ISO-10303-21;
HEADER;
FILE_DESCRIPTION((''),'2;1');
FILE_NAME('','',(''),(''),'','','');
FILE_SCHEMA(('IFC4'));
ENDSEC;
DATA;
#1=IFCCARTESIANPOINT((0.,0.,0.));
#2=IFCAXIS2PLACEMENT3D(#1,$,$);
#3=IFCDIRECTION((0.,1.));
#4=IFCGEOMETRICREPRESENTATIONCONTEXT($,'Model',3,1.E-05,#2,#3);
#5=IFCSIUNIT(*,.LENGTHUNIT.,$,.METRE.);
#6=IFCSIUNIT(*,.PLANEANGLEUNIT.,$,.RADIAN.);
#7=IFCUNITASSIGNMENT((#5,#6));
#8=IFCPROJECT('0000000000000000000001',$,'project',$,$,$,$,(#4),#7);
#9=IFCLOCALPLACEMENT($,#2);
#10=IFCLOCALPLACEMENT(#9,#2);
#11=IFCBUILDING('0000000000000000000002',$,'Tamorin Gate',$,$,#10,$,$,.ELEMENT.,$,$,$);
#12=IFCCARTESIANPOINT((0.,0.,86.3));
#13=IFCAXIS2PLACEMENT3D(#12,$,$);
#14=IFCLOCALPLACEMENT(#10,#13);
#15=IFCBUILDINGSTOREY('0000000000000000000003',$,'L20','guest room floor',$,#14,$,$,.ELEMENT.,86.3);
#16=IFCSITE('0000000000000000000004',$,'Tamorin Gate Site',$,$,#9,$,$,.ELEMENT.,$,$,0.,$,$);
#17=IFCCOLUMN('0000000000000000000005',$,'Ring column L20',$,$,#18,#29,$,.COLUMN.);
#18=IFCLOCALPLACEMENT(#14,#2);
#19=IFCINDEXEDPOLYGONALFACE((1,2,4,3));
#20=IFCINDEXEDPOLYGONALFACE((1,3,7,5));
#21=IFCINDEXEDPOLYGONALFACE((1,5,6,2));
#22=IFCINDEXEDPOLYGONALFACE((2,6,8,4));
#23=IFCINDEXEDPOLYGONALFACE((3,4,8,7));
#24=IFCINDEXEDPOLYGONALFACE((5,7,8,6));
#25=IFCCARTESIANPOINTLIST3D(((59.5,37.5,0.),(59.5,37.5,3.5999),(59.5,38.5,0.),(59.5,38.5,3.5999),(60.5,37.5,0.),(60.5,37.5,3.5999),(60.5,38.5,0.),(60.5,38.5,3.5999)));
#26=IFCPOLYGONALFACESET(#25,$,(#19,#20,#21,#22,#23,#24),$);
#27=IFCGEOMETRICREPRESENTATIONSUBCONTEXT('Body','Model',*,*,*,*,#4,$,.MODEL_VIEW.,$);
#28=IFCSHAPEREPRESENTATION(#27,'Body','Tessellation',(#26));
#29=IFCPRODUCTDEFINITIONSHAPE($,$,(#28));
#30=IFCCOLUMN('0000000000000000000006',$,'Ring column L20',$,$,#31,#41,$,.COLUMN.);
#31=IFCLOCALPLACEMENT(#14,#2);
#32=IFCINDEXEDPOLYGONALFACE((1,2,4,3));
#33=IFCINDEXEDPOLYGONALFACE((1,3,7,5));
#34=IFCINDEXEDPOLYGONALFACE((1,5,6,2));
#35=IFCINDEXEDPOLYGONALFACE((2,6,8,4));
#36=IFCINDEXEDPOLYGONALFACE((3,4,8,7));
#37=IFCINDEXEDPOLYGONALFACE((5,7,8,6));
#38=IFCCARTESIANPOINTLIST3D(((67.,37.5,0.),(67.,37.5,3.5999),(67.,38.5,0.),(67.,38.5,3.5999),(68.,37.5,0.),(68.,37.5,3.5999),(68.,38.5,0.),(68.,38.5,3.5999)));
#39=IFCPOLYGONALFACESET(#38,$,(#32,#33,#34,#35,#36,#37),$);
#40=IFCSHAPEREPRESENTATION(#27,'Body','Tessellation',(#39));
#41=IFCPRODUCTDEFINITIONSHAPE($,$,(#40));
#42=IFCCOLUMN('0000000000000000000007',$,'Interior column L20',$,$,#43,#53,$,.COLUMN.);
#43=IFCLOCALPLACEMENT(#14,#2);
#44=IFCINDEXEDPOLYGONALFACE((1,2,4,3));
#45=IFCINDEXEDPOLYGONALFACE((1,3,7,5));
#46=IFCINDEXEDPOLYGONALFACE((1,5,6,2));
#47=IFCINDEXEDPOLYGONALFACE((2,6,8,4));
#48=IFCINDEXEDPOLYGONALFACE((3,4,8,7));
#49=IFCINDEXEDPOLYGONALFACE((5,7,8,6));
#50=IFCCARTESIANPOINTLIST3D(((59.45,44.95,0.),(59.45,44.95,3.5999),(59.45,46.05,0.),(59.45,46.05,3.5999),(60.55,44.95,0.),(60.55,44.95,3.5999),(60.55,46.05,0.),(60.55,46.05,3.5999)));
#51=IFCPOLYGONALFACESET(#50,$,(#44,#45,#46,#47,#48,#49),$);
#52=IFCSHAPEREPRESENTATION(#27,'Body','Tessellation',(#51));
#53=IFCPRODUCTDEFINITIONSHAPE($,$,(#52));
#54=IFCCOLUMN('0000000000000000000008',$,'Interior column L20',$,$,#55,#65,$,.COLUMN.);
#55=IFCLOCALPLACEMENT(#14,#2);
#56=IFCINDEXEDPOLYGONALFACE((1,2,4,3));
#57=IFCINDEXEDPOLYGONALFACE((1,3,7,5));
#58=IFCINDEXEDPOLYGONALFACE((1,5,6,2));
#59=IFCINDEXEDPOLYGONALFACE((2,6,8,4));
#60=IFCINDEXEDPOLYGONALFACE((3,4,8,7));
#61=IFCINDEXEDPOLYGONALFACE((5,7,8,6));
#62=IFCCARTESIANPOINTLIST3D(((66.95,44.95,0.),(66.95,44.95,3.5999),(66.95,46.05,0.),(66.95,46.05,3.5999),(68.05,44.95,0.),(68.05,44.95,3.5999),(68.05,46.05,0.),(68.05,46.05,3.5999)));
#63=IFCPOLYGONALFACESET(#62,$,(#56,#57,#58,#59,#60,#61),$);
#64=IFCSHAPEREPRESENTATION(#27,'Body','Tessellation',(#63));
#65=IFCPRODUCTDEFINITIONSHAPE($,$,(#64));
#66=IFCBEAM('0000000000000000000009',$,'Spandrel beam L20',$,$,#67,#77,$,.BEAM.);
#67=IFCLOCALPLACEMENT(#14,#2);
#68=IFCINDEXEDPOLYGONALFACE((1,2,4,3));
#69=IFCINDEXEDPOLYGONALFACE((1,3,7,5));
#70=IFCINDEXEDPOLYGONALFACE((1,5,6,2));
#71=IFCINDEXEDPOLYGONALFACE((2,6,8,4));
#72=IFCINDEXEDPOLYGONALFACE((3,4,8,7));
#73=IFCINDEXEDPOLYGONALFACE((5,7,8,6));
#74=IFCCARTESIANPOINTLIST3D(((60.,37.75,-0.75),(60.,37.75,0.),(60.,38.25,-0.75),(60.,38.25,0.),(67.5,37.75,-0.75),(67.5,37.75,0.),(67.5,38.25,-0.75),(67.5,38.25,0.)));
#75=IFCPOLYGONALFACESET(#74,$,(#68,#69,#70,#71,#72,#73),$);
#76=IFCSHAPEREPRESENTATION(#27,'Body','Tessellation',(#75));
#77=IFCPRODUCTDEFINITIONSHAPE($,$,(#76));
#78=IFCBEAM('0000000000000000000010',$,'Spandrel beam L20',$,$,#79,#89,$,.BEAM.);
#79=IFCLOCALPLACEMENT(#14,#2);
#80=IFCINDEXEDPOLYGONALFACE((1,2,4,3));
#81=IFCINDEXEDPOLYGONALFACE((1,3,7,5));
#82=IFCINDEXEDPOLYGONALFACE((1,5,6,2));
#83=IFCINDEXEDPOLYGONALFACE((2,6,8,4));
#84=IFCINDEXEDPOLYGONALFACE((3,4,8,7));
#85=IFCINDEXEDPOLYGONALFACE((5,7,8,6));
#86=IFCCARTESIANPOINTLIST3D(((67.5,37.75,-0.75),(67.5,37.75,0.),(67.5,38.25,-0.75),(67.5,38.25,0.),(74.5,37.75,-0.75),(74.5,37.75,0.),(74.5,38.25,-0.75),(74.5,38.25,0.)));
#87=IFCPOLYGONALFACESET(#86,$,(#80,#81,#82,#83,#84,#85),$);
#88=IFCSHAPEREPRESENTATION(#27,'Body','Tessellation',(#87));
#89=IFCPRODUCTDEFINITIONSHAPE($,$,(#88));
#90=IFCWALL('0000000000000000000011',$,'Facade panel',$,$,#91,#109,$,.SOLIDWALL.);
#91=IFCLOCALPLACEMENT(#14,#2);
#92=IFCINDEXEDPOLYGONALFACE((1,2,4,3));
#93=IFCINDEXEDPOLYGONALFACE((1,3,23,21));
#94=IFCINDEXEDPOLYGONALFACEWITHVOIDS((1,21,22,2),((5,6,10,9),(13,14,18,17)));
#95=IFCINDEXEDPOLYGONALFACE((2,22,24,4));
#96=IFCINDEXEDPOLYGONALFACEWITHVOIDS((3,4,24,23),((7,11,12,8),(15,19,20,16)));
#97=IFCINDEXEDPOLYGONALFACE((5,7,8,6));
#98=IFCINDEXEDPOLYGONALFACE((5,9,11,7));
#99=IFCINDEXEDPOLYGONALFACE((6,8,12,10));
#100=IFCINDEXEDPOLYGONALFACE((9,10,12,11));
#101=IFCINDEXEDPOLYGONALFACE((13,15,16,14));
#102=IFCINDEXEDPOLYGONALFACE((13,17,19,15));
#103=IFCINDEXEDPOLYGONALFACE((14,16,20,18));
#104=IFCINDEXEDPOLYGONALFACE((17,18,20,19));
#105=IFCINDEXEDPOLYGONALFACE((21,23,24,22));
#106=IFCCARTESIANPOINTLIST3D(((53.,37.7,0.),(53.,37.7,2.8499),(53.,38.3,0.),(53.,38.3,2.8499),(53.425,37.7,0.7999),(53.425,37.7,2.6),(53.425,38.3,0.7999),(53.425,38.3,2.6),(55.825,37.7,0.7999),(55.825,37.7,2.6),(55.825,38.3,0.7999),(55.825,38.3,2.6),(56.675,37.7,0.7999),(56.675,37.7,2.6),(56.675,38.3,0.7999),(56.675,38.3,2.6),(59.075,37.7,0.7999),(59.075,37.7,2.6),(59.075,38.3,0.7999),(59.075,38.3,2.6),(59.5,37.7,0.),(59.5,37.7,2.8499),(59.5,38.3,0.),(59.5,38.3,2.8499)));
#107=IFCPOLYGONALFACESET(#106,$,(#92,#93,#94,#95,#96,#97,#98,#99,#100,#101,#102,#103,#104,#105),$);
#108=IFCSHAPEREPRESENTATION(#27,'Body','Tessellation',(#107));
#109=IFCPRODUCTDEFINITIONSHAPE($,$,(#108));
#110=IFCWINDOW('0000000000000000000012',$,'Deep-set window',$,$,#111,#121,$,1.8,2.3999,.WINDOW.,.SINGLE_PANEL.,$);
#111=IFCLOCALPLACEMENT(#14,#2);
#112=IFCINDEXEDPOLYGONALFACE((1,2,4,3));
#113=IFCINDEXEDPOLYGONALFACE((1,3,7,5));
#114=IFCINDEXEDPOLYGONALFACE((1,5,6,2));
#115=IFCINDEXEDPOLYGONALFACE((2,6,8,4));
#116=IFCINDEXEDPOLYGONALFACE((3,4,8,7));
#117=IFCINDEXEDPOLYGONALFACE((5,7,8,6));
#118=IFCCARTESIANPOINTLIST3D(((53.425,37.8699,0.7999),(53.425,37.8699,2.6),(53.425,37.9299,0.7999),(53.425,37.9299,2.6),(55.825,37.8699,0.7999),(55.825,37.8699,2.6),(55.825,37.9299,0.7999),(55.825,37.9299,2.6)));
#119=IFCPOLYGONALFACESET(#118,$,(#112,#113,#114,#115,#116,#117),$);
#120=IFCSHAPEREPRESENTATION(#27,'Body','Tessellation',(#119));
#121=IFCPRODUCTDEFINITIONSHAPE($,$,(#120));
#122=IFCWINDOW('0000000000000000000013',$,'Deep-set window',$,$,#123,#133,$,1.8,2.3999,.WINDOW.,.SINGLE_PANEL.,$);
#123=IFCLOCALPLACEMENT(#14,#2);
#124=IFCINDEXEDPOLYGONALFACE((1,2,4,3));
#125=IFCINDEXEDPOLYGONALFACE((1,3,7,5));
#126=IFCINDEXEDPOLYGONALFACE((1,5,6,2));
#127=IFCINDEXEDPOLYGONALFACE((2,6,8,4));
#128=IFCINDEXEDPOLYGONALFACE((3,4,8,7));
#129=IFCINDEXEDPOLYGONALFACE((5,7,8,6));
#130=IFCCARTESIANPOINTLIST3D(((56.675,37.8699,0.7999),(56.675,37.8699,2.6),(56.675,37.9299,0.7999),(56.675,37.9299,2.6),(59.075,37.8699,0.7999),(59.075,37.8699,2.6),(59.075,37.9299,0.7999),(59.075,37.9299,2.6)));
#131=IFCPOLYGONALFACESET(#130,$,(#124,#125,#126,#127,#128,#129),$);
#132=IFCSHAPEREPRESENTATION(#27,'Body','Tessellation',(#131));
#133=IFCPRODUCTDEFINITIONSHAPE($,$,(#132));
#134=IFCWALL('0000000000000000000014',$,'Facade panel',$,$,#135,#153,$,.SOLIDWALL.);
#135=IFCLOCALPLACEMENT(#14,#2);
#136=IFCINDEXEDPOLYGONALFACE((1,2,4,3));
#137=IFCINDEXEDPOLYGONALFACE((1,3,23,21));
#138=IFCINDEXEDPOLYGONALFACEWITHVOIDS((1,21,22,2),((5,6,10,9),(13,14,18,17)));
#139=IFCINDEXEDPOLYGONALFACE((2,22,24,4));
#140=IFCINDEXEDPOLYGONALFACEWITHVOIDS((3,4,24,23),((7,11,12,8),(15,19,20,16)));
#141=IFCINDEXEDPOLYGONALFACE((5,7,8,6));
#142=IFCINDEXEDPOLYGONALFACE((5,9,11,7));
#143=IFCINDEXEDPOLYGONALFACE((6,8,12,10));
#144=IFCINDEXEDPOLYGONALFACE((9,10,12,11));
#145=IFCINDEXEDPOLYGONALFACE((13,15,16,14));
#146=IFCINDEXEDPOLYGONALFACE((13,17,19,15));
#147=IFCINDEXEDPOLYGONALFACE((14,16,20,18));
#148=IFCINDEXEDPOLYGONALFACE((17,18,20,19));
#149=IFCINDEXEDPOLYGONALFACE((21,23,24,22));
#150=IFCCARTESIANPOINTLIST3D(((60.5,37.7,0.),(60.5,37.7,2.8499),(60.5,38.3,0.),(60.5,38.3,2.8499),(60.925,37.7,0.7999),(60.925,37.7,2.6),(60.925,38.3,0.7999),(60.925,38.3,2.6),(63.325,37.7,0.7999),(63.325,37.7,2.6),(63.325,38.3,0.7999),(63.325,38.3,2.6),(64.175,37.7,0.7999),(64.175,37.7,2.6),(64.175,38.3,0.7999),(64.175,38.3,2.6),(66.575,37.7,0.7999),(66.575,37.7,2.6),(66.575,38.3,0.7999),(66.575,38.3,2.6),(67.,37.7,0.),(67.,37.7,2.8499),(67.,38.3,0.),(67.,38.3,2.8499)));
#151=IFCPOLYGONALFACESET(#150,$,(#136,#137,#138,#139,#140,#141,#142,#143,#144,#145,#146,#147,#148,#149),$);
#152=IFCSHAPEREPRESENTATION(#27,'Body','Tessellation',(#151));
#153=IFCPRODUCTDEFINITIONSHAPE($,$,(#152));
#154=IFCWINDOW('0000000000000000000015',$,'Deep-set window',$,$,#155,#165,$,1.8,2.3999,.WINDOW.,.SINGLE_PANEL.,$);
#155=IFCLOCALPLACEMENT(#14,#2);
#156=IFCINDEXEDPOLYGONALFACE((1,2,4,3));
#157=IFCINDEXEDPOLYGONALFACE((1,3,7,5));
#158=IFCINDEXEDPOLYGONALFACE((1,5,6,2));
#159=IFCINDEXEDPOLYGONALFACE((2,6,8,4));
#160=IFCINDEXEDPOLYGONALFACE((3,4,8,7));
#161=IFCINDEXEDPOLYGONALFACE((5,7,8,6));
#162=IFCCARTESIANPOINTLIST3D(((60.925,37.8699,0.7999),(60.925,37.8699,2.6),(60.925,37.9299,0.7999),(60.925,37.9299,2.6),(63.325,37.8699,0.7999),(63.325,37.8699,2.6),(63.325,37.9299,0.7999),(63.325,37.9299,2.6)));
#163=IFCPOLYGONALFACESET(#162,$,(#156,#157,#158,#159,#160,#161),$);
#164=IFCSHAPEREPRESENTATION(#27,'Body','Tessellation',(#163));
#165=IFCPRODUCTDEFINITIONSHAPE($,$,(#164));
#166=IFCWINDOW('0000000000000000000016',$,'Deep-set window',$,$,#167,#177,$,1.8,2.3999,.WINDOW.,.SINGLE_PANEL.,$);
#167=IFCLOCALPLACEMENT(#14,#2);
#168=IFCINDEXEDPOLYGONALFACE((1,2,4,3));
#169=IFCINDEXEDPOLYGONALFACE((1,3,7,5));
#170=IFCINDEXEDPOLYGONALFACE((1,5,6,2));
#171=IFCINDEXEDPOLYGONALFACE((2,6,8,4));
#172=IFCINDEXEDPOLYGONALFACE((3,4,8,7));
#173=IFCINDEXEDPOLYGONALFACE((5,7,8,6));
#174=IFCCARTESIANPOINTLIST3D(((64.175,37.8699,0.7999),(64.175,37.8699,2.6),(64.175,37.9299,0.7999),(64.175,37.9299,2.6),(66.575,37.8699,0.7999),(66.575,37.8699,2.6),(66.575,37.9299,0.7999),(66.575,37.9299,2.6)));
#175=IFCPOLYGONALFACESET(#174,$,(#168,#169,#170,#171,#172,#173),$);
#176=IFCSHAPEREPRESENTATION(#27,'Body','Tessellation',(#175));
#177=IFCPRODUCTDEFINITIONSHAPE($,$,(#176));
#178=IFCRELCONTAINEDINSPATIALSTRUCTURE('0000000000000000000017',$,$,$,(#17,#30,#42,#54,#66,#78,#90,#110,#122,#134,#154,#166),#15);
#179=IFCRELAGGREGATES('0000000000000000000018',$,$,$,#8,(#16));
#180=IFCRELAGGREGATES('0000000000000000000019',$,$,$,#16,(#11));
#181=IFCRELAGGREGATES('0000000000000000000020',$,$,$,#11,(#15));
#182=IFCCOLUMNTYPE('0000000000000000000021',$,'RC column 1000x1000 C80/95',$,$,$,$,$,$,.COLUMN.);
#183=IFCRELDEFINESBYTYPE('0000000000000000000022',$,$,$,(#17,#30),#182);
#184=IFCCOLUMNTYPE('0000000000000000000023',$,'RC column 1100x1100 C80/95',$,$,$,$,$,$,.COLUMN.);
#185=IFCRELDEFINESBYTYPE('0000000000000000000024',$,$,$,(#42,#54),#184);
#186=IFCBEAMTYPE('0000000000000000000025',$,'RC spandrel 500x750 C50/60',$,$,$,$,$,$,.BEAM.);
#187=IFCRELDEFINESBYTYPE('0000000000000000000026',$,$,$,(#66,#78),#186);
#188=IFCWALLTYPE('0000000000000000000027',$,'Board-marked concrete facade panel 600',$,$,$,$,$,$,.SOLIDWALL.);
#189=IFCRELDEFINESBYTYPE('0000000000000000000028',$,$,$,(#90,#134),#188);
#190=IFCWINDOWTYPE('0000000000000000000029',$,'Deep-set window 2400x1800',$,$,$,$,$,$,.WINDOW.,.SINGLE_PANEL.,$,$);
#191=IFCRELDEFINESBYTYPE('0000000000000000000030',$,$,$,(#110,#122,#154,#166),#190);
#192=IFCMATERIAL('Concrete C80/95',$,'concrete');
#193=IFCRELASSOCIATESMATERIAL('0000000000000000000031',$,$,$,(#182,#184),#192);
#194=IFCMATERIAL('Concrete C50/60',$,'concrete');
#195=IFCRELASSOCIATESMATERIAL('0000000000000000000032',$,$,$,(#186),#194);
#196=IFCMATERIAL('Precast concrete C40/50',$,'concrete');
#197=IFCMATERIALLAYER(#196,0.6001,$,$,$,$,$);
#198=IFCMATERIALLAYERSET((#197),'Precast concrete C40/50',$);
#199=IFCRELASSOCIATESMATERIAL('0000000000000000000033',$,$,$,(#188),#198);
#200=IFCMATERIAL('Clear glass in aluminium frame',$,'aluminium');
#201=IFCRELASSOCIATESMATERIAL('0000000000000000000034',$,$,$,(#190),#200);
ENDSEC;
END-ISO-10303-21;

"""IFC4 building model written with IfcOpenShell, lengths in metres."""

from ifc_helpers import new_model, si_unit, direction, frame, frame_2d, origin, origin_2d, place, context, subcontext, project, spatial, rectangle, extrude, material, layer, layer_set, material_profile, profile_set, type_object, element, fill, save


model = new_model("IFC4")

# Units and contexts
model_context = context("Model", 3, precision=1e-05, world=origin(), true_north=direction((0.0, 1.0)))
body_context = subcontext(model_context, "Body", "Model", "MODEL_VIEW")
ifc_project = project(units=[si_unit("LENGTHUNIT", "METRE"), si_unit("PLANEANGLEUNIT", "RADIAN")], contexts=[model_context])

# Site, building, storey
site_placement = place(None, origin())
site = spatial("IfcSite", under=ifc_project, at=site_placement, Name="Tamorin Gate Site", CompositionType="ELEMENT", RefElevation=0.0)
building_placement = place(site_placement, origin())
building = spatial("IfcBuilding", under=site, at=building_placement, Name="Tamorin Gate", CompositionType="ELEMENT")
storey_placement = place(building_placement, frame((0.0, 0.0, 86.3)))
storey = spatial("IfcBuildingStorey", under=building, at=storey_placement, Name="L20", Description="guest room floor", CompositionType="ELEMENT", Elevation=86.3)

# Columns
ifc_material_1 = material(Name="Concrete C80/95", Category="concrete")
ifc_material_profile_1 = material_profile(ifc_material_1, rectangle(XDim=1.0, YDim=1.0, at=origin_2d()), Name="RC 1000x1000")
ifc_profile_set_1 = profile_set([ifc_material_profile_1], Name="Concrete C80/95")
column_type_1 = type_object("IfcColumnType", Name="RC column 1000x1000 C80/95", PredefinedType="COLUMN", material=ifc_profile_set_1)
for number, where, z_axis, x_axis, name in (
    (1, (60.0, 38.0, 0.0), (0.0, 0.0, 1.0), (1.0, 0.0, 0.0), "Ring column L20"),
    (2, (67.5, 38.0, 0.0), (0.0, 0.0, 1.0), (1.0, 0.0, 0.0), "Ring column L20"),
):
    element("IfcColumn", number, at=place(storey_placement, frame(where, z_axis=z_axis, x_axis=x_axis)), inside=storey, type_object=column_type_1, Name=name, PredefinedType="COLUMN", context=body_context, shape_type="SweptSolid", body=[
        extrude(rectangle(XDim=1.0, YDim=1.0, at=origin_2d()), origin(), (0.0, 0.0, 1.0), 3.5999),
    ])
ifc_material_profile_2 = material_profile(ifc_material_1, rectangle(XDim=1.1001, YDim=1.1001, at=origin_2d()), Name="RC 1100x1100")
ifc_profile_set_2 = profile_set([ifc_material_profile_2], Name="Concrete C80/95")
column_type_2 = type_object("IfcColumnType", Name="RC column 1100x1100 C80/95", PredefinedType="COLUMN", material=ifc_profile_set_2)
for number, where, z_axis, x_axis, name in (
    (3, (60.0, 45.5, 0.0), (0.0, 0.0, 1.0), (1.0, 0.0, 0.0), "Interior column L20"),
    (4, (67.5, 45.5, 0.0), (0.0, 0.0, 1.0), (1.0, 0.0, 0.0), "Interior column L20"),
):
    element("IfcColumn", number, at=place(storey_placement, frame(where, z_axis=z_axis, x_axis=x_axis)), inside=storey, type_object=column_type_2, Name=name, PredefinedType="COLUMN", context=body_context, shape_type="SweptSolid", body=[
        extrude(rectangle(XDim=1.1001, YDim=1.1001, at=origin_2d()), origin(), (0.0, 0.0, 1.0), 3.5999),
    ])

# Beams
ifc_material_2 = material(Name="Concrete C50/60", Category="concrete")
ifc_material_profile_3 = material_profile(ifc_material_2, rectangle(XDim=0.5, YDim=0.75, at=origin_2d()), Name="RC 500x750")
ifc_profile_set_3 = profile_set([ifc_material_profile_3], Name="Concrete C50/60")
beam_type = type_object("IfcBeamType", Name="RC spandrel 500x750 C50/60", PredefinedType="BEAM", material=ifc_profile_set_3)
beam_1_placement = place(storey_placement, frame((60.0, 38.0, -0.375), z_axis=(1.0, 0.0, 0.0), x_axis=(0.0, 1.0, 0.0)))
element("IfcBeam", 5, at=beam_1_placement, inside=storey, type_object=beam_type, Name="Spandrel beam L20", PredefinedType="BEAM", context=body_context, shape_type="SweptSolid", body=[
    extrude(rectangle(XDim=0.5, YDim=0.75, at=origin_2d()), origin(), (0.0, 0.0, 1.0), 7.5),
])
beam_2_placement = place(storey_placement, frame((67.5, 38.0, -0.375), z_axis=(1.0, 0.0, 0.0), x_axis=(0.0, 1.0, 0.0)))
element("IfcBeam", 6, at=beam_2_placement, inside=storey, type_object=beam_type, Name="Spandrel beam L20", PredefinedType="BEAM", context=body_context, shape_type="SweptSolid", body=[
    extrude(rectangle(XDim=0.5, YDim=0.75, at=origin_2d()), origin(), (0.0, 0.0, 1.0), 7.0),
])

# Walls, openings, windows
ifc_material_3 = material(Name="Precast concrete C40/50", Category="concrete")
ifc_layer_1 = layer(ifc_material_3, 0.6001)
ifc_layer_set_1 = layer_set([ifc_layer_1], Name="Precast concrete C40/50")
wall_type_1 = type_object("IfcWallType", Name="Board-marked concrete facade panel 600", PredefinedType="SOLIDWALL", material=ifc_layer_set_1)
wall_1_placement = place(storey_placement, frame((53.0, 38.0, 0.0), z_axis=(0.0, 0.0, 1.0), x_axis=(1.0, 0.0, 0.0)))
wall_1 = element("IfcWall", 7, at=wall_1_placement, inside=storey, type_object=wall_type_1, Name="Facade panel", PredefinedType="SOLIDWALL", context=body_context, shape_type="SweptSolid", body=[
    extrude(rectangle(XDim=6.5, YDim=0.6001, at=frame_2d((3.25, 0.0))), origin(), (0.0, 0.0, 1.0), 2.8499),
])
opening_1_placement = place(wall_1_placement, frame((0.425, 0.0, 0.8)))
opening_1 = element("IfcOpeningElement", 8, at=opening_1_placement, cuts=wall_1, PredefinedType="OPENING", context=body_context, shape_type="SweptSolid", body=[
    extrude(rectangle(XDim=2.3999, YDim=1.8, at=frame_2d((1.2, 0.8999))), frame((0.0, 0.3101, 0.0), z_axis=(0.0, -1.0, 0.0), x_axis=(1.0, 0.0, 0.0)), (0.0, 0.0, 1.0), 0.6201),
])
opening_2_placement = place(wall_1_placement, frame((3.675, 0.0, 0.8)))
opening_2 = element("IfcOpeningElement", 9, at=opening_2_placement, cuts=wall_1, PredefinedType="OPENING", context=body_context, shape_type="SweptSolid", body=[
    extrude(rectangle(XDim=2.3999, YDim=1.8, at=frame_2d((1.2, 0.8999))), frame((0.0, 0.3101, 0.0), z_axis=(0.0, -1.0, 0.0), x_axis=(1.0, 0.0, 0.0)), (0.0, 0.0, 1.0), 0.6201),
])
ifc_material_4 = material(Name="Clear glass in aluminium frame", Category="aluminium")
window_type = type_object("IfcWindowType", Name="Deep-set window 2400x1800", PartitioningType="SINGLE_PANEL", PredefinedType="WINDOW", material=ifc_material_4)
window_1_placement = place(opening_1_placement, origin())
window_1 = element("IfcWindow", 10, at=window_1_placement, inside=storey, type_object=window_type, Name="Deep-set window", OverallHeight=1.8, OverallWidth=2.3999, PartitioningType="SINGLE_PANEL", PredefinedType="WINDOW", context=body_context, shape_type="SweptSolid", body=[
    extrude(rectangle(XDim=2.3999, YDim=1.8, at=frame_2d((1.2, 0.8999))), frame((0.0, -0.0701, 0.0), z_axis=(0.0, -1.0, 0.0), x_axis=(1.0, 0.0, 0.0)), (0.0, 0.0, 1.0), 0.0601),
])
fill(opening_1, window_1)
window_2_placement = place(opening_2_placement, origin())
window_2 = element("IfcWindow", 11, at=window_2_placement, inside=storey, type_object=window_type, Name="Deep-set window", OverallHeight=1.8, OverallWidth=2.3999, PartitioningType="SINGLE_PANEL", PredefinedType="WINDOW", context=body_context, shape_type="SweptSolid", body=[
    extrude(rectangle(XDim=2.3999, YDim=1.8, at=frame_2d((1.2, 0.8999))), frame((0.0, -0.0701, 0.0), z_axis=(0.0, -1.0, 0.0), x_axis=(1.0, 0.0, 0.0)), (0.0, 0.0, 1.0), 0.0601),
])
fill(opening_2, window_2)
wall_2_placement = place(storey_placement, frame((60.5, 38.0, 0.0), z_axis=(0.0, 0.0, 1.0), x_axis=(1.0, 0.0, 0.0)))
wall_2 = element("IfcWall", 12, at=wall_2_placement, inside=storey, type_object=wall_type_1, Name="Facade panel", PredefinedType="SOLIDWALL", context=body_context, shape_type="SweptSolid", body=[
    extrude(rectangle(XDim=6.5, YDim=0.6001, at=frame_2d((3.25, 0.0))), origin(), (0.0, 0.0, 1.0), 2.8499),
])
opening_3_placement = place(wall_2_placement, frame((0.425, 0.0, 0.8)))
opening_3 = element("IfcOpeningElement", 13, at=opening_3_placement, cuts=wall_2, PredefinedType="OPENING", context=body_context, shape_type="SweptSolid", body=[
    extrude(rectangle(XDim=2.3999, YDim=1.8, at=frame_2d((1.2, 0.8999))), frame((0.0, 0.3101, 0.0), z_axis=(0.0, -1.0, 0.0), x_axis=(1.0, 0.0, 0.0)), (0.0, 0.0, 1.0), 0.6201),
])
opening_4_placement = place(wall_2_placement, frame((3.675, 0.0, 0.8)))
opening_4 = element("IfcOpeningElement", 14, at=opening_4_placement, cuts=wall_2, PredefinedType="OPENING", context=body_context, shape_type="SweptSolid", body=[
    extrude(rectangle(XDim=2.3999, YDim=1.8, at=frame_2d((1.2, 0.8999))), frame((0.0, 0.3101, 0.0), z_axis=(0.0, -1.0, 0.0), x_axis=(1.0, 0.0, 0.0)), (0.0, 0.0, 1.0), 0.6201),
])
window_3_placement = place(opening_3_placement, origin())
window_3 = element("IfcWindow", 15, at=window_3_placement, inside=storey, type_object=window_type, Name="Deep-set window", OverallHeight=1.8, OverallWidth=2.3999, PartitioningType="SINGLE_PANEL", PredefinedType="WINDOW", context=body_context, shape_type="SweptSolid", body=[
    extrude(rectangle(XDim=2.3999, YDim=1.8, at=frame_2d((1.2, 0.8999))), frame((0.0, -0.0701, 0.0), z_axis=(0.0, -1.0, 0.0), x_axis=(1.0, 0.0, 0.0)), (0.0, 0.0, 1.0), 0.0601),
])
fill(opening_3, window_3)
window_4_placement = place(opening_4_placement, origin())
window_4 = element("IfcWindow", 16, at=window_4_placement, inside=storey, type_object=window_type, Name="Deep-set window", OverallHeight=1.8, OverallWidth=2.3999, PartitioningType="SINGLE_PANEL", PredefinedType="WINDOW", context=body_context, shape_type="SweptSolid", body=[
    extrude(rectangle(XDim=2.3999, YDim=1.8, at=frame_2d((1.2, 0.8999))), frame((0.0, -0.0701, 0.0), z_axis=(0.0, -1.0, 0.0), x_axis=(1.0, 0.0, 0.0)), (0.0, 0.0, 1.0), 0.0601),
])
fill(opening_4, window_4)

save(model, "model.ifc")
